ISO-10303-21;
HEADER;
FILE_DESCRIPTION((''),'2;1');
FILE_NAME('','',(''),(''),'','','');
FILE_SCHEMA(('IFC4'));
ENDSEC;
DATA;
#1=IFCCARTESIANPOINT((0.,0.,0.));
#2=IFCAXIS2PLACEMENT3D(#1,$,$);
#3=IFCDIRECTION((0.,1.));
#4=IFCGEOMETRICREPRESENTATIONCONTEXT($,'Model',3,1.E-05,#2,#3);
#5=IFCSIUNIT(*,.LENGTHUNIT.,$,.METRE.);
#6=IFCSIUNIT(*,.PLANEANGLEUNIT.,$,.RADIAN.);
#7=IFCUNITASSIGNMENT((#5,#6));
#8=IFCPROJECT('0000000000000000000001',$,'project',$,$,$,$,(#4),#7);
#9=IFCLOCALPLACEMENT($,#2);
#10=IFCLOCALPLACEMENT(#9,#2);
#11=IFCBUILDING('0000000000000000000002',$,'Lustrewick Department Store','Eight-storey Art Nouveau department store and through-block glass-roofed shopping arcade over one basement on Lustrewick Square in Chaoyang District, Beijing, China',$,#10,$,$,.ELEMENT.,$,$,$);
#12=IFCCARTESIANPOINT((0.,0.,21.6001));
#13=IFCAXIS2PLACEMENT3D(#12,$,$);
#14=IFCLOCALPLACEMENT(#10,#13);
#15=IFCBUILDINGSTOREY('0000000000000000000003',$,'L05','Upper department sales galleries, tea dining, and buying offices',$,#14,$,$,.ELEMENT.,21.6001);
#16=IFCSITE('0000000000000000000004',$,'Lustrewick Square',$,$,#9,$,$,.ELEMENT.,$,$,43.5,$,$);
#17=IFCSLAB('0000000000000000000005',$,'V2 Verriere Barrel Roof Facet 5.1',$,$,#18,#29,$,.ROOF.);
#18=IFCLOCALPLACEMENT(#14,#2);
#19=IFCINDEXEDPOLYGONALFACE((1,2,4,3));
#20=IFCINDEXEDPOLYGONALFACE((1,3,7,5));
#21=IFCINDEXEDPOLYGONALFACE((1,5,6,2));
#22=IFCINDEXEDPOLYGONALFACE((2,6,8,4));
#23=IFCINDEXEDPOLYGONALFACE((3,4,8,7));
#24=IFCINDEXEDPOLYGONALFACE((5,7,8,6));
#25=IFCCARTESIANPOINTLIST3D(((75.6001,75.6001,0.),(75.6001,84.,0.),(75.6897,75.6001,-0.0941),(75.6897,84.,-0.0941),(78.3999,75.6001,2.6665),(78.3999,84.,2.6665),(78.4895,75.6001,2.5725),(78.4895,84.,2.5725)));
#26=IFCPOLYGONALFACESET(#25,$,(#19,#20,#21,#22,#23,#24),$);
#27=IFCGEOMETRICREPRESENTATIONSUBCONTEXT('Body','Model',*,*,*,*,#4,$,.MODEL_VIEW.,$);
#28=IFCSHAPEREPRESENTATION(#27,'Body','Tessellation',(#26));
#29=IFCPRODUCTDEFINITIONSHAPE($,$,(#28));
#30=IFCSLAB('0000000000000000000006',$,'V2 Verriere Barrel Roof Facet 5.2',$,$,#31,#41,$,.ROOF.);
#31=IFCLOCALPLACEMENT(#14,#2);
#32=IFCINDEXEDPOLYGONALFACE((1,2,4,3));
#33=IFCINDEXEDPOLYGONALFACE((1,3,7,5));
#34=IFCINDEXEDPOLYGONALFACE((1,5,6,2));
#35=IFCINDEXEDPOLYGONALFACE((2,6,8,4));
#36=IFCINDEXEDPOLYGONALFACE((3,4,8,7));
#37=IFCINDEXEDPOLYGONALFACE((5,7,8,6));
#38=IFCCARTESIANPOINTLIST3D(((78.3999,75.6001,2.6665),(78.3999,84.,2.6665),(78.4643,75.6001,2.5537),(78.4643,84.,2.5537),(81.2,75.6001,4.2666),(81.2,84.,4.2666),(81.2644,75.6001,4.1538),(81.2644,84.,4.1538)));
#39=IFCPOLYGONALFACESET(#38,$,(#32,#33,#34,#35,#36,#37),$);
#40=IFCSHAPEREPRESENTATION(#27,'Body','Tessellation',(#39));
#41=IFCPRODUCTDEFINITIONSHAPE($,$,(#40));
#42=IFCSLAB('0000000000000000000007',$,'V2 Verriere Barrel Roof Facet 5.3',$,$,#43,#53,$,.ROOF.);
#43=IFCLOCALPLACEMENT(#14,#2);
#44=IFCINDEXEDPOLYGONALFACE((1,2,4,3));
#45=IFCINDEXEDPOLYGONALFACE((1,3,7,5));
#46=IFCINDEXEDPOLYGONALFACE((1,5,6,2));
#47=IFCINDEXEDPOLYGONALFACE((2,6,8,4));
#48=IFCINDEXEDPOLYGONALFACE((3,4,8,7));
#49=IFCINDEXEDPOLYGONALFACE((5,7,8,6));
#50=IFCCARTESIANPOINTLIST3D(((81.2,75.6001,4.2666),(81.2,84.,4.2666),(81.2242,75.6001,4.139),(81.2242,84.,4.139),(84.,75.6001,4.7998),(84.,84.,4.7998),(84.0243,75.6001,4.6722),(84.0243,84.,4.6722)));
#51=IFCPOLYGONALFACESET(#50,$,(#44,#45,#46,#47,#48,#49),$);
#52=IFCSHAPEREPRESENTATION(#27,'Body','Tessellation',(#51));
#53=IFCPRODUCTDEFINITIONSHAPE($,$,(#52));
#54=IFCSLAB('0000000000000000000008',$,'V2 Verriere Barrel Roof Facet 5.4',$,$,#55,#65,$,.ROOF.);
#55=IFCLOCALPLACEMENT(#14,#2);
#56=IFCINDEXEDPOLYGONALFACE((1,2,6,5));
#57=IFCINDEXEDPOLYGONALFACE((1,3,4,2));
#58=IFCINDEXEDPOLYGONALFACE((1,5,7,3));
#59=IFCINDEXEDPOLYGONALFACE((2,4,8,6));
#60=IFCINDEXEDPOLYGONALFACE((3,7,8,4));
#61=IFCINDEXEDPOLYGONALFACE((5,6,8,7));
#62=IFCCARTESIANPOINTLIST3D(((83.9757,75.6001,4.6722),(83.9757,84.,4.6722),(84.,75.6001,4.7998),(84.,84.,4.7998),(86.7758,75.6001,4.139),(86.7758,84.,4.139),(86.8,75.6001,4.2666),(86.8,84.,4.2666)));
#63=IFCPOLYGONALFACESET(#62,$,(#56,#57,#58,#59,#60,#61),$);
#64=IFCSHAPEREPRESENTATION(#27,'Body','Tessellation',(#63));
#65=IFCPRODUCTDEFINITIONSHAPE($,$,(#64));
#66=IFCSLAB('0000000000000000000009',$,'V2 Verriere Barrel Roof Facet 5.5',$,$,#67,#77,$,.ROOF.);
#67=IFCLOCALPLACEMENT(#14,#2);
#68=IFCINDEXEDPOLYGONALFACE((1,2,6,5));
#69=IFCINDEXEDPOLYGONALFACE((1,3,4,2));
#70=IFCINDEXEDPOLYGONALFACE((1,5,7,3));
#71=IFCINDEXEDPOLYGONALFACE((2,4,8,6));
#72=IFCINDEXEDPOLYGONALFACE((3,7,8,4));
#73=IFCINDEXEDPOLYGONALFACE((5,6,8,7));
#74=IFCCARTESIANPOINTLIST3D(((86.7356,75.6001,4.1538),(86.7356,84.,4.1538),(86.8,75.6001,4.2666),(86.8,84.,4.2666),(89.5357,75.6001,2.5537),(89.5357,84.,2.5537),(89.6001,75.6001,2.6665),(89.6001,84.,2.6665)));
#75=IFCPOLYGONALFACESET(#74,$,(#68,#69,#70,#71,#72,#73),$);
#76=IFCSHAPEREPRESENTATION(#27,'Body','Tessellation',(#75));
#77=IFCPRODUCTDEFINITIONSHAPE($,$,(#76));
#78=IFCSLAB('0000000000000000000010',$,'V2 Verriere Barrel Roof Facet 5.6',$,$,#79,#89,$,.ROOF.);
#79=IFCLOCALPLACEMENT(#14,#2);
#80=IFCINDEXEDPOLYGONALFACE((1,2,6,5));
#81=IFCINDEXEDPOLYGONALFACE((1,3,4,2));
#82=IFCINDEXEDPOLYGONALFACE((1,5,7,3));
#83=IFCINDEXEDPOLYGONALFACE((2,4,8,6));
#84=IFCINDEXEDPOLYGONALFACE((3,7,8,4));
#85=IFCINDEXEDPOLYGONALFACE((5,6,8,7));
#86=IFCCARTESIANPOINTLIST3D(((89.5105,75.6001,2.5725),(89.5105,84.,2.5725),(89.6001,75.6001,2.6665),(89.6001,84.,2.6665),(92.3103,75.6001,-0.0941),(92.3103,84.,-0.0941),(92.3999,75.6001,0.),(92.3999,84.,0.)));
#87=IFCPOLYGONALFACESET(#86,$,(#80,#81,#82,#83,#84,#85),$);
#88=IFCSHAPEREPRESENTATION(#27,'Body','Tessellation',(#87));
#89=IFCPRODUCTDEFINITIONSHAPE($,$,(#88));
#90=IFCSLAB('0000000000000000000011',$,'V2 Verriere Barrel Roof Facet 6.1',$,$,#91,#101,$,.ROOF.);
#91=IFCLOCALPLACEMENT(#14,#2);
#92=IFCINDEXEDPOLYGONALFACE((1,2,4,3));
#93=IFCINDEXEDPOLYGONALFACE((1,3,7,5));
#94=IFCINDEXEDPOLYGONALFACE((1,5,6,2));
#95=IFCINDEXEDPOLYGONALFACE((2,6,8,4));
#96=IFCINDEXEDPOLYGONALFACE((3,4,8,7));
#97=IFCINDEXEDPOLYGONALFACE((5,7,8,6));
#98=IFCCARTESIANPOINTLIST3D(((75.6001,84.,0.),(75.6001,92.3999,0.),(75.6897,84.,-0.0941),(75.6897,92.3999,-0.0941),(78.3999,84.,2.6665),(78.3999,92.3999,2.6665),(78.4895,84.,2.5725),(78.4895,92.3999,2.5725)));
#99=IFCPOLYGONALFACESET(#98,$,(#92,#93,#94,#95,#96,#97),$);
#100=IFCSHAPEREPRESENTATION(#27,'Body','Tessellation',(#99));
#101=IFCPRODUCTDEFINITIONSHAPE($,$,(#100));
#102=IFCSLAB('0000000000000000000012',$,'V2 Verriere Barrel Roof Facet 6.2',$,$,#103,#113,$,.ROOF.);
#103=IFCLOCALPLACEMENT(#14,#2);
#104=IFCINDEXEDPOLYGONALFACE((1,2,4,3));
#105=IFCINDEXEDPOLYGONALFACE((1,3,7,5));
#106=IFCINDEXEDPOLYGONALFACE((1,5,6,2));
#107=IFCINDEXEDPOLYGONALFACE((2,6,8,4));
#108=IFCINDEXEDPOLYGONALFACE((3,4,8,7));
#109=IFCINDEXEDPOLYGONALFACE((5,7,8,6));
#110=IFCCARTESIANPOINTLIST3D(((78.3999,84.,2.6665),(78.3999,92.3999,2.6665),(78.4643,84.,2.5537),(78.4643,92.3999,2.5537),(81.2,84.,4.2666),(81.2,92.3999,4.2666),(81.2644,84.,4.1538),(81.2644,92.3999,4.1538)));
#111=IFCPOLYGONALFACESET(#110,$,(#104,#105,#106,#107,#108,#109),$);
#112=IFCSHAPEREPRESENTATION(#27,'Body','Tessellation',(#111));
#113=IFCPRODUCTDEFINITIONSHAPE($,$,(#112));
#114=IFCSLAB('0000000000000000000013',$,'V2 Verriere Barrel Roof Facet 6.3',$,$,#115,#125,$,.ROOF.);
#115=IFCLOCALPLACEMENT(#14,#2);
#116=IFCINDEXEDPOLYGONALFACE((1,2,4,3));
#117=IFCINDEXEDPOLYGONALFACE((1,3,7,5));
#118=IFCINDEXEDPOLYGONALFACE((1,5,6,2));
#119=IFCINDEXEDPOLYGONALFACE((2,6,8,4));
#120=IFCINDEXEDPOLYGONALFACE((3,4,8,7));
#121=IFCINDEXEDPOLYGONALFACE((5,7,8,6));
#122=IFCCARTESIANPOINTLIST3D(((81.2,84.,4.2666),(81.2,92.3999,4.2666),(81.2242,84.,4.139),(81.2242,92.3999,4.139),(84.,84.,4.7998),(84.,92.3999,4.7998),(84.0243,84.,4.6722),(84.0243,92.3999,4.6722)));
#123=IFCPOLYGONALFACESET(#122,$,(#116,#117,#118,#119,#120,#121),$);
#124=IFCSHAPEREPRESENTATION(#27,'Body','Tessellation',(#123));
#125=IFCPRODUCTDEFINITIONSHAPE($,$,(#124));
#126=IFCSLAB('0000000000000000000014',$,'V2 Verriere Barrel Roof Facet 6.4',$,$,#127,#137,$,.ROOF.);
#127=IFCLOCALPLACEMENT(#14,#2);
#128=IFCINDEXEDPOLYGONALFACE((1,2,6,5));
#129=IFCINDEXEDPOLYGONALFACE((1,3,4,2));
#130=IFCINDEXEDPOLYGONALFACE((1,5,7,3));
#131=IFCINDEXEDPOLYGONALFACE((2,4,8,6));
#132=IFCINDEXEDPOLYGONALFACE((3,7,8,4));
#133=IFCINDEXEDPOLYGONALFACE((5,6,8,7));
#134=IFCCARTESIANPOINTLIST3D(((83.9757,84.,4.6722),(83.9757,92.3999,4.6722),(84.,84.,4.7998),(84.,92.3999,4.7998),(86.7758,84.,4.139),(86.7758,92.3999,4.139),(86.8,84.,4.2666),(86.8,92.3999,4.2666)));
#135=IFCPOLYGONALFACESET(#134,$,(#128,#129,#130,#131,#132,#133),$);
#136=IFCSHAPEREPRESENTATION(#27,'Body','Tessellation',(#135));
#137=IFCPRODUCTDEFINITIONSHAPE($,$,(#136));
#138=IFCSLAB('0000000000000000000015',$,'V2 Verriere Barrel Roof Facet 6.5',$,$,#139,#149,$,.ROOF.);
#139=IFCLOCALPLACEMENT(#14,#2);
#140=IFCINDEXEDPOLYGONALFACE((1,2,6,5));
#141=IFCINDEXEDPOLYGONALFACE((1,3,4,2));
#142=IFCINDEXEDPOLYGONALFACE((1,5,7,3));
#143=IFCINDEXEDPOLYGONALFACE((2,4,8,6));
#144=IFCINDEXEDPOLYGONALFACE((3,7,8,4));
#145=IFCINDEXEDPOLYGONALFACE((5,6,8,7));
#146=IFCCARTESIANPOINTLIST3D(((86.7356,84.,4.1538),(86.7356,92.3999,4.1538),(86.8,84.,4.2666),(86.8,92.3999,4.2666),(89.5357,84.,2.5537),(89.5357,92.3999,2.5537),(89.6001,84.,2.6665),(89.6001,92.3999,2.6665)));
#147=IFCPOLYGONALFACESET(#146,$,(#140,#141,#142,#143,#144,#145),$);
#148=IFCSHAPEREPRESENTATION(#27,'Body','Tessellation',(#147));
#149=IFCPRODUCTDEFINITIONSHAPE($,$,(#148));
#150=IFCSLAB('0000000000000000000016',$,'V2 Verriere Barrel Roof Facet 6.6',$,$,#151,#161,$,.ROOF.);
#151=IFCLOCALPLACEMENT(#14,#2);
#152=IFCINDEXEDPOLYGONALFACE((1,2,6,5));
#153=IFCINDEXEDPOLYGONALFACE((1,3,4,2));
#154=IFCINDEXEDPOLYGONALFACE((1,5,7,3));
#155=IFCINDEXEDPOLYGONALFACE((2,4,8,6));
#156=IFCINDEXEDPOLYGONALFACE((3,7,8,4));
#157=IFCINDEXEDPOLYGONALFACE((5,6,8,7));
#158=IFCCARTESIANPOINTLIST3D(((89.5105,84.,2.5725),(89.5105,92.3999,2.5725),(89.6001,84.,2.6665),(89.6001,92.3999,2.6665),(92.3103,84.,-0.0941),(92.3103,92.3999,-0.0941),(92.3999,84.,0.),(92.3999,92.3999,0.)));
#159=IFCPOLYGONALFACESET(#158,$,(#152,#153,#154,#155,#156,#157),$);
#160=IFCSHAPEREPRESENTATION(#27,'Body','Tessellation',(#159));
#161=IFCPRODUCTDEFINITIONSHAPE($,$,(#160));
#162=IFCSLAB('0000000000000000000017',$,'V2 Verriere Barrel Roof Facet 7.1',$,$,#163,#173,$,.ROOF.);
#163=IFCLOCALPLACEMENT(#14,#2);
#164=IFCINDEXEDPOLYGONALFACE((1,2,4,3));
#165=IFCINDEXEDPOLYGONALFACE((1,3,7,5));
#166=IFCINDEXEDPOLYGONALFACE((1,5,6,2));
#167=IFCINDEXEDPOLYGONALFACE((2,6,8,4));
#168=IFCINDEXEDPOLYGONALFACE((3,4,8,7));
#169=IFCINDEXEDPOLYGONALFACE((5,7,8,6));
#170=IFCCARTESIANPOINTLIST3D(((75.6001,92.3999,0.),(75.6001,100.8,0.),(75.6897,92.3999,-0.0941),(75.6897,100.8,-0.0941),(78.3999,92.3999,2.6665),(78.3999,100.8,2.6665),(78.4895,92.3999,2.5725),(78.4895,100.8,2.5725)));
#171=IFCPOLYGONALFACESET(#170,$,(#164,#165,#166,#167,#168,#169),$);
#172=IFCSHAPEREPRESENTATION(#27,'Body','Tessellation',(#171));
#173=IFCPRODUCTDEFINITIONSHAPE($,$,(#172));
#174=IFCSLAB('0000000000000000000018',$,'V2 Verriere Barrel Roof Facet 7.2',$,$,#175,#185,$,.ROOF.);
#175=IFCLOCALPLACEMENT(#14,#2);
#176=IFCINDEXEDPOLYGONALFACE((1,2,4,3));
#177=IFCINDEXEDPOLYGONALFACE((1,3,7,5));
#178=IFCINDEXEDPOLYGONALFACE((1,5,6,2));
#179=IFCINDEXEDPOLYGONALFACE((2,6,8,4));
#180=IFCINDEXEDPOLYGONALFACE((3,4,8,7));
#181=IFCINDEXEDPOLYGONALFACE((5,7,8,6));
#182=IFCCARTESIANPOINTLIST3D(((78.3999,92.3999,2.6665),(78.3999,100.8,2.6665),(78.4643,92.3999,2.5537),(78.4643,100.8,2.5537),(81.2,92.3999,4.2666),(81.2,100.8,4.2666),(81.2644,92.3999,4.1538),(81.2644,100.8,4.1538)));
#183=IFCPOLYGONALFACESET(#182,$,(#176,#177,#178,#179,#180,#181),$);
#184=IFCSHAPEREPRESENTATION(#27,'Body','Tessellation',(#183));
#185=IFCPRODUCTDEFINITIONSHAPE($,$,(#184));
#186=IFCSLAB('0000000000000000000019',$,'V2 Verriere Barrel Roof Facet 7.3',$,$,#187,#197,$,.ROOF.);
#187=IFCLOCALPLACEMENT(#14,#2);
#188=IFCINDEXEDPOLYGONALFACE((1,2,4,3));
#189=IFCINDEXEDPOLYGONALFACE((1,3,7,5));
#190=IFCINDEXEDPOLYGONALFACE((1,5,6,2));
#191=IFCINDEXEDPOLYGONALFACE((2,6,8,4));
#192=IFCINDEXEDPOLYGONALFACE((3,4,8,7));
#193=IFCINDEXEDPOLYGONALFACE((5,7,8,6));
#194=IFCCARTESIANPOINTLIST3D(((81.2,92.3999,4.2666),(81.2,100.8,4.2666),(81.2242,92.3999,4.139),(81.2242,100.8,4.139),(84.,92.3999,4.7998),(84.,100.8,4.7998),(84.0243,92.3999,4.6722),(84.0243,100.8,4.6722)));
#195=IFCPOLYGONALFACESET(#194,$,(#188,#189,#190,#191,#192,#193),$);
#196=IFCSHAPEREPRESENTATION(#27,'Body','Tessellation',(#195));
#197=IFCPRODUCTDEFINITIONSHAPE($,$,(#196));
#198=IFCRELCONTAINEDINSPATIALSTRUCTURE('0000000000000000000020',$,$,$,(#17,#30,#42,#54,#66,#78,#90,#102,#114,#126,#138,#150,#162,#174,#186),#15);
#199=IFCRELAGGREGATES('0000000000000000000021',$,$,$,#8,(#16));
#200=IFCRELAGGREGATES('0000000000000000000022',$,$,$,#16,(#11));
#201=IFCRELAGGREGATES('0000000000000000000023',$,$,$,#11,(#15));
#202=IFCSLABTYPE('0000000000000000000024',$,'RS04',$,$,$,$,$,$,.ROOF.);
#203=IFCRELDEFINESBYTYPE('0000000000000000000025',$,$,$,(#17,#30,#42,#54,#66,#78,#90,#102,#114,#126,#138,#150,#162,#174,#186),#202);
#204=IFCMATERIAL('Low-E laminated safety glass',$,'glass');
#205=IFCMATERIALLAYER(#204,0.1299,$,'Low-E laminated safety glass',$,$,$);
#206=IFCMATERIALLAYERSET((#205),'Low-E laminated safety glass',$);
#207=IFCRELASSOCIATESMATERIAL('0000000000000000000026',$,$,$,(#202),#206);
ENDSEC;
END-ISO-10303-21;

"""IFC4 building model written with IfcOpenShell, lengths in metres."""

from ifc_helpers import new_model, si_unit, direction, frame, origin, place, context, subcontext, project, spatial, polyline, outline, extrude, material, layer, layer_set, type_object, element, save


model = new_model("IFC4")

# Units and contexts
model_context = context("Model", 3, precision=1e-05, world=origin(), true_north=direction((0.0, 1.0)))
body_context = subcontext(model_context, "Body", "Model", "MODEL_VIEW")
ifc_project = project(units=[si_unit("LENGTHUNIT", "METRE"), si_unit("PLANEANGLEUNIT", "RADIAN")], contexts=[model_context])

# Site, building, storey
site_placement = place(None, origin())
site = spatial("IfcSite", under=ifc_project, at=site_placement, Name="Lustrewick Square", CompositionType="ELEMENT", RefElevation=43.5)
building_placement = place(site_placement, origin())
building = spatial("IfcBuilding", under=site, at=building_placement, Name="Lustrewick Department Store", Description="Eight-storey Art Nouveau department store and through-block glass-roofed shopping arcade over one basement on Lustrewick Square in Chaoyang District, Beijing, China", CompositionType="ELEMENT")
storey_placement = place(building_placement, frame((0.0, 0.0, 21.6001)))
storey = spatial("IfcBuildingStorey", under=building, at=storey_placement, Name="L05", Description="Upper department sales galleries, tea dining, and buying offices", CompositionType="ELEMENT", Elevation=21.6001)

# Slabs
ifc_material_1 = material(Name="Low-E laminated safety glass", Category="glass")
ifc_layer_1 = layer(ifc_material_1, 0.1299, Name="Low-E laminated safety glass")
ifc_layer_set_1 = layer_set([ifc_layer_1], Name="Low-E laminated safety glass")
slab_type = type_object("IfcSlabType", Name="RS04", PredefinedType="ROOF", material=ifc_layer_set_1)
slab_1_placement = place(storey_placement, frame((75.6001, 75.6001, 0.0), z_axis=(-0.689658, 0.0, 0.724135), x_axis=(0.724135, 0.0, 0.689658)))
element("IfcSlab", 1, at=slab_1_placement, inside=storey, type_object=slab_type, Name="V2 Verriere Barrel Roof Facet 5.1", PredefinedType="ROOF", context=body_context, shape_type="SweptSolid", body=[
    extrude(outline(polyline([(0.0, 0.0), (3.8664, 0.0), (3.8664, 8.3999), (0.0, 8.3999), (0.0, 0.0)])), origin(), (0.0, 0.0, -1.0), 0.1299),
])
slab_2_placement = place(storey_placement, frame((78.3999, 75.6001, 2.6665), z_axis=(-0.496155, 0.0, 0.868234), x_axis=(0.868234, 0.0, 0.496155)))
element("IfcSlab", 2, at=slab_2_placement, inside=storey, type_object=slab_type, Name="V2 Verriere Barrel Roof Facet 5.2", PredefinedType="ROOF", context=body_context, shape_type="SweptSolid", body=[
    extrude(outline(polyline([(0.0, 0.0), (3.225, 0.0), (3.225, 8.3999), (0.0, 8.3999), (0.0, 0.0)])), origin(), (0.0, 0.0, -1.0), 0.1299),
])
for number, where, z_axis, x_axis, name in (
    (3, (81.2, 75.6001, 4.2666), (-0.187065, 0.0, 0.982348), (0.982348, 0.0, 0.187065), "V2 Verriere Barrel Roof Facet 5.3"),
    (4, (84.0, 75.6001, 4.7998), (0.187065, 0.0, 0.982348), (0.982348, 0.0, -0.187065), "V2 Verriere Barrel Roof Facet 5.4"),
):
    element("IfcSlab", number, at=place(storey_placement, frame(where, z_axis=z_axis, x_axis=x_axis)), inside=storey, type_object=slab_type, Name=name, PredefinedType="ROOF", context=body_context, shape_type="SweptSolid", body=[
        extrude(outline(polyline([(0.0, 0.0), (2.8504, 0.0), (2.8504, 8.3999), (0.0, 8.3999), (0.0, 0.0)])), origin(), (0.0, 0.0, -1.0), 0.1299),
    ])
slab_3_placement = place(storey_placement, frame((86.8, 75.6001, 4.2666), z_axis=(0.496155, 0.0, 0.868234), x_axis=(0.868234, 0.0, -0.496155)))
element("IfcSlab", 5, at=slab_3_placement, inside=storey, type_object=slab_type, Name="V2 Verriere Barrel Roof Facet 5.5", PredefinedType="ROOF", context=body_context, shape_type="SweptSolid", body=[
    extrude(outline(polyline([(0.0, 0.0), (3.225, 0.0), (3.225, 8.3999), (0.0, 8.3999), (0.0, 0.0)])), origin(), (0.0, 0.0, -1.0), 0.1299),
])
for number, where, z_axis, x_axis, name in (
    (6, (89.6001, 75.6001, 2.6665), (0.689658, 0.0, 0.724135), (0.724135, 0.0, -0.689658), "V2 Verriere Barrel Roof Facet 5.6"),
    (7, (75.6001, 84.0, 0.0), (-0.689658, 0.0, 0.724135), (0.724135, 0.0, 0.689658), "V2 Verriere Barrel Roof Facet 6.1"),
):
    element("IfcSlab", number, at=place(storey_placement, frame(where, z_axis=z_axis, x_axis=x_axis)), inside=storey, type_object=slab_type, Name=name, PredefinedType="ROOF", context=body_context, shape_type="SweptSolid", body=[
        extrude(outline(polyline([(0.0, 0.0), (3.8664, 0.0), (3.8664, 8.3999), (0.0, 8.3999), (0.0, 0.0)])), origin(), (0.0, 0.0, -1.0), 0.1299),
    ])
slab_4_placement = place(storey_placement, frame((78.3999, 84.0, 2.6665), z_axis=(-0.496155, 0.0, 0.868234), x_axis=(0.868234, 0.0, 0.496155)))
element("IfcSlab", 8, at=slab_4_placement, inside=storey, type_object=slab_type, Name="V2 Verriere Barrel Roof Facet 6.2", PredefinedType="ROOF", context=body_context, shape_type="SweptSolid", body=[
    extrude(outline(polyline([(0.0, 0.0), (3.225, 0.0), (3.225, 8.3999), (0.0, 8.3999), (0.0, 0.0)])), origin(), (0.0, 0.0, -1.0), 0.1299),
])
for number, where, z_axis, x_axis, name in (
    (9, (81.2, 84.0, 4.2666), (-0.187065, 0.0, 0.982348), (0.982348, 0.0, 0.187065), "V2 Verriere Barrel Roof Facet 6.3"),
    (10, (84.0, 84.0, 4.7998), (0.187065, 0.0, 0.982348), (0.982348, 0.0, -0.187065), "V2 Verriere Barrel Roof Facet 6.4"),
):
    element("IfcSlab", number, at=place(storey_placement, frame(where, z_axis=z_axis, x_axis=x_axis)), inside=storey, type_object=slab_type, Name=name, PredefinedType="ROOF", context=body_context, shape_type="SweptSolid", body=[
        extrude(outline(polyline([(0.0, 0.0), (2.8504, 0.0), (2.8504, 8.3999), (0.0, 8.3999), (0.0, 0.0)])), origin(), (0.0, 0.0, -1.0), 0.1299),
    ])
slab_5_placement = place(storey_placement, frame((86.8, 84.0, 4.2666), z_axis=(0.496155, 0.0, 0.868234), x_axis=(0.868234, 0.0, -0.496155)))
element("IfcSlab", 11, at=slab_5_placement, inside=storey, type_object=slab_type, Name="V2 Verriere Barrel Roof Facet 6.5", PredefinedType="ROOF", context=body_context, shape_type="SweptSolid", body=[
    extrude(outline(polyline([(0.0, 0.0), (3.225, 0.0), (3.225, 8.3999), (0.0, 8.3999), (0.0, 0.0)])), origin(), (0.0, 0.0, -1.0), 0.1299),
])
slab_6_placement = place(storey_placement, frame((89.6001, 84.0, 2.6665), z_axis=(0.689658, 0.0, 0.724135), x_axis=(0.724135, 0.0, -0.689658)))
element("IfcSlab", 12, at=slab_6_placement, inside=storey, type_object=slab_type, Name="V2 Verriere Barrel Roof Facet 6.6", PredefinedType="ROOF", context=body_context, shape_type="SweptSolid", body=[
    extrude(outline(polyline([(0.0, 0.0), (3.8664, 0.0), (3.8664, 8.3999), (0.0, 8.3999), (0.0, 0.0)])), origin(), (0.0, 0.0, -1.0), 0.1299),
])
slab_7_placement = place(storey_placement, frame((75.6001, 92.3999, 0.0), z_axis=(-0.689658, 0.0, 0.724135), x_axis=(0.724135, 0.0, 0.689658)))
element("IfcSlab", 13, at=slab_7_placement, inside=storey, type_object=slab_type, Name="V2 Verriere Barrel Roof Facet 7.1", PredefinedType="ROOF", context=body_context, shape_type="SweptSolid", body=[
    extrude(outline(polyline([(0.0, 0.0), (3.8664, 0.0), (3.8664, 8.4001), (0.0, 8.4001), (0.0, 0.0)])), origin(), (0.0, 0.0, -1.0), 0.1299),
])
slab_8_placement = place(storey_placement, frame((78.3999, 92.3999, 2.6665), z_axis=(-0.496155, 0.0, 0.868234), x_axis=(0.868234, 0.0, 0.496155)))
element("IfcSlab", 14, at=slab_8_placement, inside=storey, type_object=slab_type, Name="V2 Verriere Barrel Roof Facet 7.2", PredefinedType="ROOF", context=body_context, shape_type="SweptSolid", body=[
    extrude(outline(polyline([(0.0, 0.0), (3.225, 0.0), (3.225, 8.4001), (0.0, 8.4001), (0.0, 0.0)])), origin(), (0.0, 0.0, -1.0), 0.1299),
])
for number, where, z_axis, x_axis, name in (
    (15, (81.2, 92.3999, 4.2666), (-0.187065, 0.0, 0.982348), (0.982348, 0.0, 0.187065), "V2 Verriere Barrel Roof Facet 7.3"),
):
    element("IfcSlab", number, at=place(storey_placement, frame(where, z_axis=z_axis, x_axis=x_axis)), inside=storey, type_object=slab_type, Name=name, PredefinedType="ROOF", context=body_context, shape_type="SweptSolid", body=[
        extrude(outline(polyline([(0.0, 0.0), (2.8504, 0.0), (2.8504, 8.4001), (0.0, 8.4001), (0.0, 0.0)])), origin(), (0.0, 0.0, -1.0), 0.1299),
    ])

save(model, "model.ifc")
